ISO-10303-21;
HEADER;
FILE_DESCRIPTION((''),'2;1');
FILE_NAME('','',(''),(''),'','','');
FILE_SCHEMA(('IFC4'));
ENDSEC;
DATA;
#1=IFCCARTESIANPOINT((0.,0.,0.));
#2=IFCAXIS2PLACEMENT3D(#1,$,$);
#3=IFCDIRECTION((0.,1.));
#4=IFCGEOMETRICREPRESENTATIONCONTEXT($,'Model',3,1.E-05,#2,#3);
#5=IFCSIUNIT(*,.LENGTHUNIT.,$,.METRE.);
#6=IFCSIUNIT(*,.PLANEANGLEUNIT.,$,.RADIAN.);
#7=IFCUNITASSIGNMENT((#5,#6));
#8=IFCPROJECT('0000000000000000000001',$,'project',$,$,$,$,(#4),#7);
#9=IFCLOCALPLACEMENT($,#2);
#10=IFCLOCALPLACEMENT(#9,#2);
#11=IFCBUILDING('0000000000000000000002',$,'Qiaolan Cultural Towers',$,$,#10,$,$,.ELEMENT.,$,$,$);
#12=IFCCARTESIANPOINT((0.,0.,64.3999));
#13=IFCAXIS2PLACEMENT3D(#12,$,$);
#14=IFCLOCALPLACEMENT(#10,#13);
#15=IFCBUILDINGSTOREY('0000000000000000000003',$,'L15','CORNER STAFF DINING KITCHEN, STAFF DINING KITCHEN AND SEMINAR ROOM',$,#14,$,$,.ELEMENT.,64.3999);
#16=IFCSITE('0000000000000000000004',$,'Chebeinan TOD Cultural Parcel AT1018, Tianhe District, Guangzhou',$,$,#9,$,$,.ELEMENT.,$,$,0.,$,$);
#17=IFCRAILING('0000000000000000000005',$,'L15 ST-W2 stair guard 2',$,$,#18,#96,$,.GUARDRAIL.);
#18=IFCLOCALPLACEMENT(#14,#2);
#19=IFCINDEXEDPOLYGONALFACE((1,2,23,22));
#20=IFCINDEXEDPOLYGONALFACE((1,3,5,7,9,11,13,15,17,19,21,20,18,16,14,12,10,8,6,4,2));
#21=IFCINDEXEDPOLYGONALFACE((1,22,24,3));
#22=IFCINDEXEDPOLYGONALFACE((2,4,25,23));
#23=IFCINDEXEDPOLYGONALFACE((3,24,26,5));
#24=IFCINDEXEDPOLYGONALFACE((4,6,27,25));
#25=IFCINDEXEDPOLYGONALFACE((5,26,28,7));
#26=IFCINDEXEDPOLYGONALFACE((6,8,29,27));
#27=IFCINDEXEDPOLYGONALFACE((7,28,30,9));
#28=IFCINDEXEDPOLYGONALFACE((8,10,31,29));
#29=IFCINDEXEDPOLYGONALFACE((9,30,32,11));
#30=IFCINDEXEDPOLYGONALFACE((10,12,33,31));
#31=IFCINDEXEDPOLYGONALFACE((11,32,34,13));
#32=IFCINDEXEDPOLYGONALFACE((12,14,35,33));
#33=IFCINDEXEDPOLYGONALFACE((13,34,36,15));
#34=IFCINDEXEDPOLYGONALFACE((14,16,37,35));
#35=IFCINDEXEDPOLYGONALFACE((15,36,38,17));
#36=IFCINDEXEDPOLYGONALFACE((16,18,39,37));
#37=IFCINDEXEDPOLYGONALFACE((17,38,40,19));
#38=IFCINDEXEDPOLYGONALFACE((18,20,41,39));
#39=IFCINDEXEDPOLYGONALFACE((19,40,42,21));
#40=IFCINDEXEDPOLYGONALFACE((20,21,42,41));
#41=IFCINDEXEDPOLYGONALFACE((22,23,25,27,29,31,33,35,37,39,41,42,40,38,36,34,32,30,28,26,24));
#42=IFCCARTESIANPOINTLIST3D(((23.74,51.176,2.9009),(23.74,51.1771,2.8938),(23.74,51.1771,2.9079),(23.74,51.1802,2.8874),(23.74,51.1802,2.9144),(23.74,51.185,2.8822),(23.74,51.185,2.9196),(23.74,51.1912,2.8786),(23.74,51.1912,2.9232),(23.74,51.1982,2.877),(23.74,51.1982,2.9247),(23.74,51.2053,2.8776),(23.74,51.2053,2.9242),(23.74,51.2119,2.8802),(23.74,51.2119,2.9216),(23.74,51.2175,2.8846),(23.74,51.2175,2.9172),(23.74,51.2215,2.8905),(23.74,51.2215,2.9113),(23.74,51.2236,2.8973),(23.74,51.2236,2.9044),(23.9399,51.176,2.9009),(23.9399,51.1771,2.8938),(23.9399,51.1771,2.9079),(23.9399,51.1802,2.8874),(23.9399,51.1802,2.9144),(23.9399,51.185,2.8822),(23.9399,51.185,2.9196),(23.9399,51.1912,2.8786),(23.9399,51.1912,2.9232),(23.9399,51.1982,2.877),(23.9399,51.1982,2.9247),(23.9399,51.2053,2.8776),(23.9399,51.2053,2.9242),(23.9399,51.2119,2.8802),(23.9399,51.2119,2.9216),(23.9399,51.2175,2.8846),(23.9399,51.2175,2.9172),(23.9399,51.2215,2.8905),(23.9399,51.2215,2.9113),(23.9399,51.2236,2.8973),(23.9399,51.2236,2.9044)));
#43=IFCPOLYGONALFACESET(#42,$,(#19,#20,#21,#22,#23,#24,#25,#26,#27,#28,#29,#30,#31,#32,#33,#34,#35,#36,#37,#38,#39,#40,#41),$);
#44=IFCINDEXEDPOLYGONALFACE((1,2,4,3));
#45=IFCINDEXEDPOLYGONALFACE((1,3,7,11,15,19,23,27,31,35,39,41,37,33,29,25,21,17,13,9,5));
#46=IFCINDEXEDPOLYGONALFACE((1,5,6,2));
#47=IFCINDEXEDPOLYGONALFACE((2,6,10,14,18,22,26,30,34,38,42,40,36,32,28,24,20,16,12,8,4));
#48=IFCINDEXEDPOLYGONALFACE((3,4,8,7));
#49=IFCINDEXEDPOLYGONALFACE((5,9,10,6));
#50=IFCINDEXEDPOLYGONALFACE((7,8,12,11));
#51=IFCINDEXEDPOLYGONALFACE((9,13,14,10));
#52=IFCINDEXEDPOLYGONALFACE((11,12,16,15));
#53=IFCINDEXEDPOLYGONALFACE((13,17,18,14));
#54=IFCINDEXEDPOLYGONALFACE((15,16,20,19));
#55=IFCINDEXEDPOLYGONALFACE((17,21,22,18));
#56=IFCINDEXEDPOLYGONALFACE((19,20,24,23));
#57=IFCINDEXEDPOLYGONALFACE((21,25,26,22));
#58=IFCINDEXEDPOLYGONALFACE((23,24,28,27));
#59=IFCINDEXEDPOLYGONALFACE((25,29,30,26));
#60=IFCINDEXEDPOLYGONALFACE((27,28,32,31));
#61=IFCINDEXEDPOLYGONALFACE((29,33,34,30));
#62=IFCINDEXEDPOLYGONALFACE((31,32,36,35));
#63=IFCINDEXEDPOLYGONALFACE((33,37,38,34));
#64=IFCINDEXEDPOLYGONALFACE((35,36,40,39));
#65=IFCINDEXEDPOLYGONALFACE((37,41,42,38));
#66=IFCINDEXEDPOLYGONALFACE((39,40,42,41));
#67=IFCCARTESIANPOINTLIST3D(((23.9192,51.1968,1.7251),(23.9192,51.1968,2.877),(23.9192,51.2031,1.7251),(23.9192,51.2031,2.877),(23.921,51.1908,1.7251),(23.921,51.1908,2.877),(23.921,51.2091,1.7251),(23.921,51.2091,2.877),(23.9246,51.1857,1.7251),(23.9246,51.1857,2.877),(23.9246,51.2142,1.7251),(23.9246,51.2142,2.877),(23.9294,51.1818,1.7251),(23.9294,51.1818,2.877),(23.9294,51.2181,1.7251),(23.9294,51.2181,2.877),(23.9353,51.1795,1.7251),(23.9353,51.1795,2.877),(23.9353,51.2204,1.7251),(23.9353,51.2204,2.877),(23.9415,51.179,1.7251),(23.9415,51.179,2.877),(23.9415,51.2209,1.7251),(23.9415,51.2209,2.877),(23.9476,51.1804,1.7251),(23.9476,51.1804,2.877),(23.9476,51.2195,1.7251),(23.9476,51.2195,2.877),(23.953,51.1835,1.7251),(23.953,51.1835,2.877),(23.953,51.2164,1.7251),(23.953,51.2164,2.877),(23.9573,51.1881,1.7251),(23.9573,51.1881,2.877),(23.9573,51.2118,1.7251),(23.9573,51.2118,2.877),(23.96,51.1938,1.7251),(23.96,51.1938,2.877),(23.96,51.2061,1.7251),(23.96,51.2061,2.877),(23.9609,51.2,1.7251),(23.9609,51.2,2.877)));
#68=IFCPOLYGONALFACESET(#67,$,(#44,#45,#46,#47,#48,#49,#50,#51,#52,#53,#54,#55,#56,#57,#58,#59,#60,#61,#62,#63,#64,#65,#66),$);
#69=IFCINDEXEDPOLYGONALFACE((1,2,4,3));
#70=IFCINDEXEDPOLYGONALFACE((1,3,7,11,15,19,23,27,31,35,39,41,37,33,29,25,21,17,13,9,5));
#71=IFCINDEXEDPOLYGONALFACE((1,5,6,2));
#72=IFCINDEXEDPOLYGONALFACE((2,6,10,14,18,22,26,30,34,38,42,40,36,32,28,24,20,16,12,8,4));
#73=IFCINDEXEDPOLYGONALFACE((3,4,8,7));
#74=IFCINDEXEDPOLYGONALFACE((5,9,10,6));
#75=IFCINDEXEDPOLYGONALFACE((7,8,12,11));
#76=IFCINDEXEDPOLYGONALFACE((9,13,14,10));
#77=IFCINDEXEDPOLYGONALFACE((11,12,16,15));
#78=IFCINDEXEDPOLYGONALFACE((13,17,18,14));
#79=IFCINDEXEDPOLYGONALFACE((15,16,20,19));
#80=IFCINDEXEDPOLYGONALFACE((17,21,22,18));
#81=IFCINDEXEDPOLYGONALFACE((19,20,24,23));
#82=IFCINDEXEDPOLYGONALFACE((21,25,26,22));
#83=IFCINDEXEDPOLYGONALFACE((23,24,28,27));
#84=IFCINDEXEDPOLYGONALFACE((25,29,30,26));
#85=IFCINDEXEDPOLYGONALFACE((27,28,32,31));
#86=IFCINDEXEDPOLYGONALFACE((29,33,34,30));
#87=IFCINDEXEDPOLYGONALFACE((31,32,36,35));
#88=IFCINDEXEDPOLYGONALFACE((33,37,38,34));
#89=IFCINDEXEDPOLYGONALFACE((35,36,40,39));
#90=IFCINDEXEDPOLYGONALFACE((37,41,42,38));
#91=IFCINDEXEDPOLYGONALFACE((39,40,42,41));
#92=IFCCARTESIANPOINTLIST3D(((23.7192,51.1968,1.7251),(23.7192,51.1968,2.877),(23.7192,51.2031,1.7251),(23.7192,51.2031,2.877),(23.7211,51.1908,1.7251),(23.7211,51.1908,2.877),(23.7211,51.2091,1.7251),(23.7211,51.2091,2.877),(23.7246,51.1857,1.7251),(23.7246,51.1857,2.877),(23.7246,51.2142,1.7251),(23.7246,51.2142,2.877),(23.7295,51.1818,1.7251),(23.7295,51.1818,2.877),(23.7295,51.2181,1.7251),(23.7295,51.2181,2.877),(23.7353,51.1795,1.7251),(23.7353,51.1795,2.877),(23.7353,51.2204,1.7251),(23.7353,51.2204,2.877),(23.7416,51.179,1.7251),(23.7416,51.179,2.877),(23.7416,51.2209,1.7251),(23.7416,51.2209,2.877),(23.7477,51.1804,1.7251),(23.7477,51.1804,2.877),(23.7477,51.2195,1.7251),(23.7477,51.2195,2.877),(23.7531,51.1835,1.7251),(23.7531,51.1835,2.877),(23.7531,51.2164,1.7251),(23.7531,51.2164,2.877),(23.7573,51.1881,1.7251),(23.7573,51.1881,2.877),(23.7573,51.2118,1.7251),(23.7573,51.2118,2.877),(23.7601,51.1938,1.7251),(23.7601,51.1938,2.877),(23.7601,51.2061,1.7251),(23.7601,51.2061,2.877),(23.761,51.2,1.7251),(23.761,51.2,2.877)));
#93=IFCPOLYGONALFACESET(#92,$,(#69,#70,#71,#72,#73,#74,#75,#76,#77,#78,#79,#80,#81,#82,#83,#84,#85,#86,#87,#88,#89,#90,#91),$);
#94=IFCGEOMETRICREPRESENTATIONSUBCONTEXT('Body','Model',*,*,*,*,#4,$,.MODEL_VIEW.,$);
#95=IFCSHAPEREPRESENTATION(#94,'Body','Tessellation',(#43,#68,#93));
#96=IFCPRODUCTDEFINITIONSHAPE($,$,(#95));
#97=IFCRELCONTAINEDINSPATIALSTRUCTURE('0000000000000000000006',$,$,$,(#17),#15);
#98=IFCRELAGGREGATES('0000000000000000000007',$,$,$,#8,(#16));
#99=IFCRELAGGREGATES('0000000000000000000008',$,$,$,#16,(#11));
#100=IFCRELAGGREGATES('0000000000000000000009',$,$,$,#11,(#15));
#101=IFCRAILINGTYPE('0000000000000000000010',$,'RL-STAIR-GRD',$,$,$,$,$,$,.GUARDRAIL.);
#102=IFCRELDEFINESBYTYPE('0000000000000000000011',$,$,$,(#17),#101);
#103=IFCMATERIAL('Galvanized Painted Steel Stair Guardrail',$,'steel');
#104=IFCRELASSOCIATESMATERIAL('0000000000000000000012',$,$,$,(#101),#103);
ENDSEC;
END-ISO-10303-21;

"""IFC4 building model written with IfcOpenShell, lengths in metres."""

from ifc_helpers import new_model, si_unit, direction, frame, origin, origin_2d, place, context, subcontext, project, spatial, circle, extrude, material, type_object, element, save


model = new_model("IFC4")

# Units and contexts
model_context = context("Model", 3, precision=1e-05, world=origin(), true_north=direction((0.0, 1.0)))
body_context = subcontext(model_context, "Body", "Model", "MODEL_VIEW")
ifc_project = project(units=[si_unit("LENGTHUNIT", "METRE"), si_unit("PLANEANGLEUNIT", "RADIAN")], contexts=[model_context])

# Site, building, storey
site_placement = place(None, origin())
site = spatial("IfcSite", under=ifc_project, at=site_placement, Name="Chebeinan TOD Cultural Parcel AT1018, Tianhe District, Guangzhou", CompositionType="ELEMENT", RefElevation=0.0)
building_placement = place(site_placement, origin())
building = spatial("IfcBuilding", under=site, at=building_placement, Name="Qiaolan Cultural Towers", CompositionType="ELEMENT")
storey_placement = place(building_placement, frame((0.0, 0.0, 64.3999)))
storey = spatial("IfcBuildingStorey", under=building, at=storey_placement, Name="L15", Description="CORNER STAFF DINING KITCHEN, STAFF DINING KITCHEN AND SEMINAR ROOM", CompositionType="ELEMENT", Elevation=64.3999)

# Railing
ifc_material_1 = material(Name="Galvanized Painted Steel Stair Guardrail", Category="steel")
railing_type_1 = type_object("IfcRailingType", Name="RL-STAIR-GRD", PredefinedType="GUARDRAIL", material=ifc_material_1)
railing_1_placement = place(storey_placement, frame((23.9399, 51.2, 1.7251)))
element("IfcRailing", 1, at=railing_1_placement, inside=storey, type_object=railing_type_1, Name="L15 ST-W2 stair guard 2", PredefinedType="GUARDRAIL", context=body_context, shape_type="SweptSolid", body=[
    extrude(circle(Radius=0.0239, at=origin_2d()), frame((0.0, 0.0, 1.1758), z_axis=(-1.0, 0.0, 0.0), x_axis=(0.0, -1.0, 0.0)), (0.0, 0.0, 1.0), 0.2),
    extrude(circle(Radius=0.021, at=origin_2d()), origin(), (0.0, 0.0, 1.0), 1.1519),
    extrude(circle(Radius=0.021, at=origin_2d()), frame((-0.2, 0.0, 0.0)), (0.0, 0.0, 1.0), 1.1519),
])

save(model, "model.ifc")
